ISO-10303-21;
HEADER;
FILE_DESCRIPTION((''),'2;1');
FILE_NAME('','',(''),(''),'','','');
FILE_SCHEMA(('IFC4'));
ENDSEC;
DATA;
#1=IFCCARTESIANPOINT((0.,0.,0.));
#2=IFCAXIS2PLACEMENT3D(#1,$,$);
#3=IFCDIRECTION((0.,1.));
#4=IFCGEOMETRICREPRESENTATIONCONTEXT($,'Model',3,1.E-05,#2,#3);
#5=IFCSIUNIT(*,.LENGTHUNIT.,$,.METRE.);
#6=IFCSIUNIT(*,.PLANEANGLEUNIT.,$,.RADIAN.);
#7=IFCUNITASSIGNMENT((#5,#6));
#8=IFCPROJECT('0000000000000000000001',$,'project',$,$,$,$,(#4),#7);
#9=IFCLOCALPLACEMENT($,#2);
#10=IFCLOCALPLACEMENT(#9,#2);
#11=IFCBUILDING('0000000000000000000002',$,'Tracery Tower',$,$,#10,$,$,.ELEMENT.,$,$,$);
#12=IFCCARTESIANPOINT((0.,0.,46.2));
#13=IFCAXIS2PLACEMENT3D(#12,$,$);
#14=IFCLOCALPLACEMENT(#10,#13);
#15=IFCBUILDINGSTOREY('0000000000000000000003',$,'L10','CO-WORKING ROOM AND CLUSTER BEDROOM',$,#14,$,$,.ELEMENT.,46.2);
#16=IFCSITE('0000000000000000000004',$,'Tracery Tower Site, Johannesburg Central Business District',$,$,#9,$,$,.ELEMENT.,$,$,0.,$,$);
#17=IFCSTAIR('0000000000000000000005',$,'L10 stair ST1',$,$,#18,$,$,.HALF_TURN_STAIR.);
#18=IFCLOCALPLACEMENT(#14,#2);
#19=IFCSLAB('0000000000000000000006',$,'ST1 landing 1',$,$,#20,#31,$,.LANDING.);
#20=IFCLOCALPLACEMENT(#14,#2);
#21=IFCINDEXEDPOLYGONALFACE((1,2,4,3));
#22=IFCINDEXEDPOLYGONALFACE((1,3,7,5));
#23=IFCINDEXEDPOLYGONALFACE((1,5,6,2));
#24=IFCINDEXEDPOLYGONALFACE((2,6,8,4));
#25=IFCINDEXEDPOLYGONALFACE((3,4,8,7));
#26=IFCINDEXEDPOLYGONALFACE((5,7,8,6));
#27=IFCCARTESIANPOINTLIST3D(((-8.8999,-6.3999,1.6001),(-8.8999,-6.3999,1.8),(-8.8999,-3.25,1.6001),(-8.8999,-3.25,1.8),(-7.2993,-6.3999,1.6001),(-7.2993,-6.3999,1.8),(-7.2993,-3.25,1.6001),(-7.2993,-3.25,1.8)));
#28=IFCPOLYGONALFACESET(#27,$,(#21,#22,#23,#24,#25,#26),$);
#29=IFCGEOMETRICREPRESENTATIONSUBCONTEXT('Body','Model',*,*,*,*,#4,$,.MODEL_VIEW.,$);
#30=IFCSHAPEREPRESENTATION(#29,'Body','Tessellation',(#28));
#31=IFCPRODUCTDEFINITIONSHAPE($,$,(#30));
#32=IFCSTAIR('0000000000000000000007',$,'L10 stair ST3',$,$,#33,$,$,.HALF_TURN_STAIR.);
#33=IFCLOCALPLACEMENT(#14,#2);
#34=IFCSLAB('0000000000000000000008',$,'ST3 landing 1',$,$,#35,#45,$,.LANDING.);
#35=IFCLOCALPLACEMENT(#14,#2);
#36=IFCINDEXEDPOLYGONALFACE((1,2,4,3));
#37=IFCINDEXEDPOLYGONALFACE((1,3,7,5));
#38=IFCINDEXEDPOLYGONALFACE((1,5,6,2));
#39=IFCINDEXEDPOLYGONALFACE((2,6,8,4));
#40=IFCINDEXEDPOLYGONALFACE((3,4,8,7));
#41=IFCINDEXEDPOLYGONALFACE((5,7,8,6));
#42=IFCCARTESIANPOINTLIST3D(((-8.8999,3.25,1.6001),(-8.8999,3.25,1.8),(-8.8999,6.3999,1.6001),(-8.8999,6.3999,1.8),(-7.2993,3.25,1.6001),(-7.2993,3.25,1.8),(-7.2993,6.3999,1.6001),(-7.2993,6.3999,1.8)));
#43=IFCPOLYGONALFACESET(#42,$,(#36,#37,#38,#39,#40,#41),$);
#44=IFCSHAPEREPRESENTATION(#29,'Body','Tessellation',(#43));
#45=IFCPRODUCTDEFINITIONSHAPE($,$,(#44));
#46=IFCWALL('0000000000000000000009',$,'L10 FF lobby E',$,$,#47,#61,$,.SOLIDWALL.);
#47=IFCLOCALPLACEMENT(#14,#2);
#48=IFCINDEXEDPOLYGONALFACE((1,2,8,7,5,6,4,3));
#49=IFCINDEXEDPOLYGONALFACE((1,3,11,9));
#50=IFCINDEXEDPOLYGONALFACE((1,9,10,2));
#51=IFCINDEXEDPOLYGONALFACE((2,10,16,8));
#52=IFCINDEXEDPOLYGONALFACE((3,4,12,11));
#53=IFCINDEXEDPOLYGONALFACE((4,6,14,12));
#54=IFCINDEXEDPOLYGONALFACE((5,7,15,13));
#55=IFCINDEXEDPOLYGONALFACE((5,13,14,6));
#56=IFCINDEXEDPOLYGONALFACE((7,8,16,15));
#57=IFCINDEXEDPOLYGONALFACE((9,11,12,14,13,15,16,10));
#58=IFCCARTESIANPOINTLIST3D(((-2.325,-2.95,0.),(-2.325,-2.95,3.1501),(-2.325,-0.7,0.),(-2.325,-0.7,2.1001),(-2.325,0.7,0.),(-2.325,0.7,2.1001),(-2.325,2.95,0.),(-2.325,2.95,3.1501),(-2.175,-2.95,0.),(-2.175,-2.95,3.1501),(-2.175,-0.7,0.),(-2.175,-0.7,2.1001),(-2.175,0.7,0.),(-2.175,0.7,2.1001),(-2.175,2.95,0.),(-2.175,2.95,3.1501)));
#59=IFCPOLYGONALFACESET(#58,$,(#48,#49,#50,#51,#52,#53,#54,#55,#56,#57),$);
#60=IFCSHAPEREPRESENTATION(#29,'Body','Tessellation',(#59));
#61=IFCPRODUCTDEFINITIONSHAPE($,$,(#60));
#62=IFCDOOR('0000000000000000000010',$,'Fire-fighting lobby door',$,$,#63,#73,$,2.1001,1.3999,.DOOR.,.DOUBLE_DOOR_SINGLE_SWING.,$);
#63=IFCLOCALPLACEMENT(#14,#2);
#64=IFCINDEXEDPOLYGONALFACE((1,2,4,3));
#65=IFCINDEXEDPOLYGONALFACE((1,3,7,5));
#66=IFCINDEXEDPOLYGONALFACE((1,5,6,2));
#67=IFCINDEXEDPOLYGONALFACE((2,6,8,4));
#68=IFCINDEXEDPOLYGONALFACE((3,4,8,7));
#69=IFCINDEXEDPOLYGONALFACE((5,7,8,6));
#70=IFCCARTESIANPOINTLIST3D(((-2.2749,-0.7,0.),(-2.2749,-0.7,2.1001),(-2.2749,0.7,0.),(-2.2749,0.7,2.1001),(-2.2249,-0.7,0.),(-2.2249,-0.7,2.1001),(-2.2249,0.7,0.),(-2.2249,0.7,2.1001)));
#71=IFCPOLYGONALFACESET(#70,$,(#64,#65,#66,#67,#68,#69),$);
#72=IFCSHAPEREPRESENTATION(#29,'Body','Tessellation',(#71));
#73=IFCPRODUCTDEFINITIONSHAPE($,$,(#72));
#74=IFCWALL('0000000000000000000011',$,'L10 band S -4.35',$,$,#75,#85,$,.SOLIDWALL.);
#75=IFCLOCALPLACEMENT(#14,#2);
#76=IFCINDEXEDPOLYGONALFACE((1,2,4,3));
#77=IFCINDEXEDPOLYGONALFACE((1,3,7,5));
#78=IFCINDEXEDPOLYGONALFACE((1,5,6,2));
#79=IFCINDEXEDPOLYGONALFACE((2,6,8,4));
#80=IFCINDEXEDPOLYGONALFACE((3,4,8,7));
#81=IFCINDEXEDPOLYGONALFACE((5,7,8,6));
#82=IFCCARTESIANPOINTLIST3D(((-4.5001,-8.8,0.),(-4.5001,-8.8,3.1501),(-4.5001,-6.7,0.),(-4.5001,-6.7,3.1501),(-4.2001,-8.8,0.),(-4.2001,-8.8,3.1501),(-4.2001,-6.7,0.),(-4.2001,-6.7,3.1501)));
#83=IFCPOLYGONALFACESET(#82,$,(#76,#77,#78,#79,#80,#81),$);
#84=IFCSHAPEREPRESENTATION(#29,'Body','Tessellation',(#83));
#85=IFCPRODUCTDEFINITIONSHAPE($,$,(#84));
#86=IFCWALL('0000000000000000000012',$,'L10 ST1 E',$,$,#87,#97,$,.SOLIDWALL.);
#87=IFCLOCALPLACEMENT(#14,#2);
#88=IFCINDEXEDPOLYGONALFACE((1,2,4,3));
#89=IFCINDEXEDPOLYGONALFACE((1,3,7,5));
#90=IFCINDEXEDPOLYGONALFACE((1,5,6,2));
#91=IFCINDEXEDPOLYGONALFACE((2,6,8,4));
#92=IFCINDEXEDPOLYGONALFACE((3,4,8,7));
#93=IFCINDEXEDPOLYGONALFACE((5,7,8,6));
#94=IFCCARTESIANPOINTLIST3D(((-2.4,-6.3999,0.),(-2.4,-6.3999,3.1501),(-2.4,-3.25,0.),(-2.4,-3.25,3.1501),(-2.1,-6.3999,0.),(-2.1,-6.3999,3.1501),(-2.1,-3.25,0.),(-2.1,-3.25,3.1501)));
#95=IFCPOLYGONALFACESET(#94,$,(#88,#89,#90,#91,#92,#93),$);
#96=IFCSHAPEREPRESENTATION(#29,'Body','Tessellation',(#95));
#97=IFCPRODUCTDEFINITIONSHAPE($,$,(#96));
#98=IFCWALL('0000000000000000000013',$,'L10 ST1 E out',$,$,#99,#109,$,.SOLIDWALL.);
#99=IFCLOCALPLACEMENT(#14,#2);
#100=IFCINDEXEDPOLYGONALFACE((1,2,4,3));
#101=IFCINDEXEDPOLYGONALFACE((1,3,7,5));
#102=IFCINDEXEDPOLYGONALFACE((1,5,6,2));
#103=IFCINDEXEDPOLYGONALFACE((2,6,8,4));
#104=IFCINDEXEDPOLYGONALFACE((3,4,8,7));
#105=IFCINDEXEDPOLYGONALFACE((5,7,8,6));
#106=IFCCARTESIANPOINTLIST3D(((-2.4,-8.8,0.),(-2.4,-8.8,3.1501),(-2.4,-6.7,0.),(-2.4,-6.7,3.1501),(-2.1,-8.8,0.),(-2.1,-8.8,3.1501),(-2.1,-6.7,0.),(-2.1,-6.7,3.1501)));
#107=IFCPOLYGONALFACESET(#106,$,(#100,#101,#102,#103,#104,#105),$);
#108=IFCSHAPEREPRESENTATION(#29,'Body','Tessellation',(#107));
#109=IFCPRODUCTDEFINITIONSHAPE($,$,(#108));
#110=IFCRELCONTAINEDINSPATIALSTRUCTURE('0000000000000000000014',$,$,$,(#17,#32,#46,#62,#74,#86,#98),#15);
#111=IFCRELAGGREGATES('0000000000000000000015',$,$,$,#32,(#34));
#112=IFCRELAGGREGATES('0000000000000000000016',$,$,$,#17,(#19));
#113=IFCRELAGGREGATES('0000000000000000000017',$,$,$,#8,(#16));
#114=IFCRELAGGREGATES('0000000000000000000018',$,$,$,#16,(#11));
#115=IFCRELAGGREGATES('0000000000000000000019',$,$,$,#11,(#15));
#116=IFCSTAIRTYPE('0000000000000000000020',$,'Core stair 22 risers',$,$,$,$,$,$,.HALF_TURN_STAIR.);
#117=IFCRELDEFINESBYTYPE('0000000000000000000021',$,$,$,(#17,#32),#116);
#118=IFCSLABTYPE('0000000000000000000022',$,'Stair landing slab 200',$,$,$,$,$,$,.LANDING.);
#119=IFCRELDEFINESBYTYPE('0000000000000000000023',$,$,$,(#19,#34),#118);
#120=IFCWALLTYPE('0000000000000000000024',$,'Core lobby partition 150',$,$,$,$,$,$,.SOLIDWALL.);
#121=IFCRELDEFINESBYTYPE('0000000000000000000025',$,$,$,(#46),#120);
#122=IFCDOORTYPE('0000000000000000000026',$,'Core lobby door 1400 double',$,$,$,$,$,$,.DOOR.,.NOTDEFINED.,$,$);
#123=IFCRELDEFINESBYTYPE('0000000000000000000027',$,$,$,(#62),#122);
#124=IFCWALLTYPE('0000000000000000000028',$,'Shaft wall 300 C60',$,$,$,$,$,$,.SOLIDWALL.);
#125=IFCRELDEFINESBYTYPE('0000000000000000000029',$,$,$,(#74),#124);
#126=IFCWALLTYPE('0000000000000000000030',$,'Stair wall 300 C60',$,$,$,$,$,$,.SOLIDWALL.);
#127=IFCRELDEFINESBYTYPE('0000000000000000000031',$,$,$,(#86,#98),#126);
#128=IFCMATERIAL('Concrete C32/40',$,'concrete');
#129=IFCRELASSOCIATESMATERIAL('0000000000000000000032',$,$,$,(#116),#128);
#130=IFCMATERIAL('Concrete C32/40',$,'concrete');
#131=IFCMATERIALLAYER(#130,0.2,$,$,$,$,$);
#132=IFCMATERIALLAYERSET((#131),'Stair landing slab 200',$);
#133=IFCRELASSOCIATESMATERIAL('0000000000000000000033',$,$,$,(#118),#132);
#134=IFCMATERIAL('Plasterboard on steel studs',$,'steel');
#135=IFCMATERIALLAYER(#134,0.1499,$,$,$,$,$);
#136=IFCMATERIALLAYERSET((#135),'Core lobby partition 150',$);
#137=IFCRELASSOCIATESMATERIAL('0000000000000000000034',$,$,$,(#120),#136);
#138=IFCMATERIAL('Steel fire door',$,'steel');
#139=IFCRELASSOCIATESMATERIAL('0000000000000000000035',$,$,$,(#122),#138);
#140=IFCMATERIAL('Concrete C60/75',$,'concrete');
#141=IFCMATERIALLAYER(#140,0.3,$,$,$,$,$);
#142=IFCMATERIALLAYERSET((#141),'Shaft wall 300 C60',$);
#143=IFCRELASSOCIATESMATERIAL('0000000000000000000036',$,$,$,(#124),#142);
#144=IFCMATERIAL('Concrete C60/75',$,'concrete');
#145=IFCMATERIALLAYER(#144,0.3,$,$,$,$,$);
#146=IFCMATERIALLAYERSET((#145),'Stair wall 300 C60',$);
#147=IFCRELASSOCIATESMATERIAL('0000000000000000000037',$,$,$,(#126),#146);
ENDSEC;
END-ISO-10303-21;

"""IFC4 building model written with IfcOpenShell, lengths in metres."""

from ifc_helpers import new_model, si_unit, direction, frame, frame_2d, origin, place, context, subcontext, project, spatial, polyline, rectangle, outline, extrude, material, layer, layer_set, type_object, element, fill, aggregate, save


model = new_model("IFC4")

# Units and contexts
model_context = context("Model", 3, precision=1e-05, world=origin(), true_north=direction((0.0, 1.0)))
body_context = subcontext(model_context, "Body", "Model", "MODEL_VIEW")
ifc_project = project(units=[si_unit("LENGTHUNIT", "METRE"), si_unit("PLANEANGLEUNIT", "RADIAN")], contexts=[model_context])

# Site, building, storey
site_placement = place(None, origin())
site = spatial("IfcSite", under=ifc_project, at=site_placement, Name="Tracery Tower Site, Johannesburg Central Business District", CompositionType="ELEMENT", RefElevation=0.0)
building_placement = place(site_placement, origin())
building = spatial("IfcBuilding", under=site, at=building_placement, Name="Tracery Tower", CompositionType="ELEMENT")
storey_placement = place(building_placement, frame((0.0, 0.0, 46.2)))
storey = spatial("IfcBuildingStorey", under=building, at=storey_placement, Name="L10", Description="CO-WORKING ROOM AND CLUSTER BEDROOM", CompositionType="ELEMENT", Elevation=46.2)

# Stairs, slabs
ifc_material_1 = material(Name="Concrete C32/40", Category="concrete")
stair_type = type_object("IfcStairType", Name="Core stair 22 risers", PredefinedType="HALF_TURN_STAIR", material=ifc_material_1)
stair_1_placement = place(storey_placement, origin())
stair_1 = element("IfcStair", 1, at=stair_1_placement, inside=storey, type_object=stair_type, Name="L10 stair ST1", PredefinedType="HALF_TURN_STAIR")
ifc_material_2 = material(Name="Concrete C32/40", Category="concrete")
ifc_layer_1 = layer(ifc_material_2, 0.2)
ifc_layer_set_1 = layer_set([ifc_layer_1], Name="Stair landing slab 200")
slab_type_1 = type_object("IfcSlabType", Name="Stair landing slab 200", PredefinedType="LANDING", material=ifc_layer_set_1)
slab_1_placement = place(storey_placement, frame((0.0, 0.0, 1.6001)))
slab_1 = element("IfcSlab", 2, at=slab_1_placement, type_object=slab_type_1, Name="ST1 landing 1", PredefinedType="LANDING", context=body_context, shape_type="SweptSolid", body=[
    extrude(outline(polyline([(-7.2993, -3.25), (-8.8999, -3.25), (-8.8999, -6.3999), (-7.2993, -6.3999), (-7.2993, -3.25)])), origin(), (0.0, 0.0, 1.0), 0.2),
])
stair_2_placement = place(storey_placement, origin())
stair_2 = element("IfcStair", 3, at=stair_2_placement, inside=storey, type_object=stair_type, Name="L10 stair ST3", PredefinedType="HALF_TURN_STAIR")
slab_2_placement = place(storey_placement, frame((0.0, 0.0, 1.6001)))
slab_2 = element("IfcSlab", 4, at=slab_2_placement, type_object=slab_type_1, Name="ST3 landing 1", PredefinedType="LANDING", context=body_context, shape_type="SweptSolid", body=[
    extrude(outline(polyline([(-7.2993, 6.3999), (-8.8999, 6.3999), (-8.8999, 3.25), (-7.2993, 3.25), (-7.2993, 6.3999)])), origin(), (0.0, 0.0, 1.0), 0.2),
])
aggregate(stair_2, [slab_2])

# Wall, opening, door
ifc_material_3 = material(Name="Plasterboard on steel studs", Category="steel")
ifc_layer_2 = layer(ifc_material_3, 0.1499)
ifc_layer_set_2 = layer_set([ifc_layer_2], Name="Core lobby partition 150")
wall_type_1 = type_object("IfcWallType", Name="Core lobby partition 150", PredefinedType="SOLIDWALL", material=ifc_layer_set_2)
wall_1_placement = place(storey_placement, frame((-2.25, -2.95, 0.0), z_axis=(0.0, 0.0, 1.0), x_axis=(0.0, 1.0, 0.0)))
wall_1 = element("IfcWall", 5, at=wall_1_placement, inside=storey, type_object=wall_type_1, Name="L10 FF lobby E", PredefinedType="SOLIDWALL", context=body_context, shape_type="SweptSolid", body=[
    extrude(rectangle(XDim=5.8999, YDim=0.1499, at=frame_2d((2.95, 0.0))), origin(), (0.0, 0.0, 1.0), 3.1501),
])
opening_1_placement = place(wall_1_placement, frame((2.25, 0.0, 0.0)))
opening_1 = element("IfcOpeningElement", 6, at=opening_1_placement, cuts=wall_1, PredefinedType="OPENING", context=body_context, shape_type="SweptSolid", body=[
    extrude(rectangle(XDim=1.3999, YDim=2.1001, at=frame_2d((0.7, 1.05))), frame((0.0, 0.075, 0.0), z_axis=(0.0, -1.0, 0.0), x_axis=(1.0, 0.0, 0.0)), (0.0, 0.0, 1.0), 0.1499),
])
ifc_material_4 = material(Name="Steel fire door", Category="steel")
door_type_1 = type_object("IfcDoorType", Name="Core lobby door 1400 double", OperationType="NOTDEFINED", PredefinedType="DOOR", material=ifc_material_4)
door_1_placement = place(opening_1_placement, origin())
door_1 = element("IfcDoor", 7, at=door_1_placement, inside=storey, type_object=door_type_1, Name="Fire-fighting lobby door", OperationType="DOUBLE_DOOR_SINGLE_SWING", OverallHeight=2.1001, OverallWidth=1.3999, PredefinedType="DOOR", context=body_context, shape_type="SweptSolid", body=[
    extrude(rectangle(XDim=1.3999, YDim=2.1001, at=frame_2d((0.7, 1.05))), frame((0.0, 0.0249, 0.0), z_axis=(0.0, -1.0, 0.0), x_axis=(1.0, 0.0, 0.0)), (0.0, 0.0, 1.0), 0.05),
])
fill(opening_1, door_1)

# Shared definitions
ifc_material_5 = material(Name="Concrete C60/75", Category="concrete")
ifc_layer_3 = layer(ifc_material_5, 0.3)
ifc_layer_set_3 = layer_set([ifc_layer_3], Name="Shaft wall 300 C60")
wall_type_2 = type_object("IfcWallType", Name="Shaft wall 300 C60", PredefinedType="SOLIDWALL", material=ifc_layer_set_3)

# Walls
wall_2_placement = place(storey_placement, frame((-4.3501, -8.8, 0.0), z_axis=(0.0, 0.0, 1.0), x_axis=(0.0, 1.0, 0.0)))
element("IfcWall", 8, at=wall_2_placement, inside=storey, type_object=wall_type_2, Name="L10 band S -4.35", PredefinedType="SOLIDWALL", context=body_context, shape_type="SweptSolid", body=[
    extrude(rectangle(XDim=2.1001, YDim=0.3, at=frame_2d((1.05, 0.0))), origin(), (0.0, 0.0, 1.0), 3.1501),
])
ifc_material_6 = material(Name="Concrete C60/75", Category="concrete")
ifc_layer_4 = layer(ifc_material_6, 0.3)
ifc_layer_set_4 = layer_set([ifc_layer_4], Name="Stair wall 300 C60")
wall_type_3 = type_object("IfcWallType", Name="Stair wall 300 C60", PredefinedType="SOLIDWALL", material=ifc_layer_set_4)
wall_3_placement = place(storey_placement, frame((-2.25, -6.3999, 0.0), z_axis=(0.0, 0.0, 1.0), x_axis=(0.0, 1.0, 0.0)))
element("IfcWall", 9, at=wall_3_placement, inside=storey, type_object=wall_type_3, Name="L10 ST1 E", PredefinedType="SOLIDWALL", context=body_context, shape_type="SweptSolid", body=[
    extrude(rectangle(XDim=3.1499, YDim=0.3, at=frame_2d((1.575, 0.0))), origin(), (0.0, 0.0, 1.0), 3.1501),
])
wall_4_placement = place(storey_placement, frame((-2.25, -8.8, 0.0), z_axis=(0.0, 0.0, 1.0), x_axis=(0.0, 1.0, 0.0)))
element("IfcWall", 10, at=wall_4_placement, inside=storey, type_object=wall_type_3, Name="L10 ST1 E out", PredefinedType="SOLIDWALL", context=body_context, shape_type="SweptSolid", body=[
    extrude(rectangle(XDim=2.1001, YDim=0.3, at=frame_2d((1.05, 0.0))), origin(), (0.0, 0.0, 1.0), 3.1501),
])

aggregate(stair_1, [slab_1])

save(model, "model.ifc")
